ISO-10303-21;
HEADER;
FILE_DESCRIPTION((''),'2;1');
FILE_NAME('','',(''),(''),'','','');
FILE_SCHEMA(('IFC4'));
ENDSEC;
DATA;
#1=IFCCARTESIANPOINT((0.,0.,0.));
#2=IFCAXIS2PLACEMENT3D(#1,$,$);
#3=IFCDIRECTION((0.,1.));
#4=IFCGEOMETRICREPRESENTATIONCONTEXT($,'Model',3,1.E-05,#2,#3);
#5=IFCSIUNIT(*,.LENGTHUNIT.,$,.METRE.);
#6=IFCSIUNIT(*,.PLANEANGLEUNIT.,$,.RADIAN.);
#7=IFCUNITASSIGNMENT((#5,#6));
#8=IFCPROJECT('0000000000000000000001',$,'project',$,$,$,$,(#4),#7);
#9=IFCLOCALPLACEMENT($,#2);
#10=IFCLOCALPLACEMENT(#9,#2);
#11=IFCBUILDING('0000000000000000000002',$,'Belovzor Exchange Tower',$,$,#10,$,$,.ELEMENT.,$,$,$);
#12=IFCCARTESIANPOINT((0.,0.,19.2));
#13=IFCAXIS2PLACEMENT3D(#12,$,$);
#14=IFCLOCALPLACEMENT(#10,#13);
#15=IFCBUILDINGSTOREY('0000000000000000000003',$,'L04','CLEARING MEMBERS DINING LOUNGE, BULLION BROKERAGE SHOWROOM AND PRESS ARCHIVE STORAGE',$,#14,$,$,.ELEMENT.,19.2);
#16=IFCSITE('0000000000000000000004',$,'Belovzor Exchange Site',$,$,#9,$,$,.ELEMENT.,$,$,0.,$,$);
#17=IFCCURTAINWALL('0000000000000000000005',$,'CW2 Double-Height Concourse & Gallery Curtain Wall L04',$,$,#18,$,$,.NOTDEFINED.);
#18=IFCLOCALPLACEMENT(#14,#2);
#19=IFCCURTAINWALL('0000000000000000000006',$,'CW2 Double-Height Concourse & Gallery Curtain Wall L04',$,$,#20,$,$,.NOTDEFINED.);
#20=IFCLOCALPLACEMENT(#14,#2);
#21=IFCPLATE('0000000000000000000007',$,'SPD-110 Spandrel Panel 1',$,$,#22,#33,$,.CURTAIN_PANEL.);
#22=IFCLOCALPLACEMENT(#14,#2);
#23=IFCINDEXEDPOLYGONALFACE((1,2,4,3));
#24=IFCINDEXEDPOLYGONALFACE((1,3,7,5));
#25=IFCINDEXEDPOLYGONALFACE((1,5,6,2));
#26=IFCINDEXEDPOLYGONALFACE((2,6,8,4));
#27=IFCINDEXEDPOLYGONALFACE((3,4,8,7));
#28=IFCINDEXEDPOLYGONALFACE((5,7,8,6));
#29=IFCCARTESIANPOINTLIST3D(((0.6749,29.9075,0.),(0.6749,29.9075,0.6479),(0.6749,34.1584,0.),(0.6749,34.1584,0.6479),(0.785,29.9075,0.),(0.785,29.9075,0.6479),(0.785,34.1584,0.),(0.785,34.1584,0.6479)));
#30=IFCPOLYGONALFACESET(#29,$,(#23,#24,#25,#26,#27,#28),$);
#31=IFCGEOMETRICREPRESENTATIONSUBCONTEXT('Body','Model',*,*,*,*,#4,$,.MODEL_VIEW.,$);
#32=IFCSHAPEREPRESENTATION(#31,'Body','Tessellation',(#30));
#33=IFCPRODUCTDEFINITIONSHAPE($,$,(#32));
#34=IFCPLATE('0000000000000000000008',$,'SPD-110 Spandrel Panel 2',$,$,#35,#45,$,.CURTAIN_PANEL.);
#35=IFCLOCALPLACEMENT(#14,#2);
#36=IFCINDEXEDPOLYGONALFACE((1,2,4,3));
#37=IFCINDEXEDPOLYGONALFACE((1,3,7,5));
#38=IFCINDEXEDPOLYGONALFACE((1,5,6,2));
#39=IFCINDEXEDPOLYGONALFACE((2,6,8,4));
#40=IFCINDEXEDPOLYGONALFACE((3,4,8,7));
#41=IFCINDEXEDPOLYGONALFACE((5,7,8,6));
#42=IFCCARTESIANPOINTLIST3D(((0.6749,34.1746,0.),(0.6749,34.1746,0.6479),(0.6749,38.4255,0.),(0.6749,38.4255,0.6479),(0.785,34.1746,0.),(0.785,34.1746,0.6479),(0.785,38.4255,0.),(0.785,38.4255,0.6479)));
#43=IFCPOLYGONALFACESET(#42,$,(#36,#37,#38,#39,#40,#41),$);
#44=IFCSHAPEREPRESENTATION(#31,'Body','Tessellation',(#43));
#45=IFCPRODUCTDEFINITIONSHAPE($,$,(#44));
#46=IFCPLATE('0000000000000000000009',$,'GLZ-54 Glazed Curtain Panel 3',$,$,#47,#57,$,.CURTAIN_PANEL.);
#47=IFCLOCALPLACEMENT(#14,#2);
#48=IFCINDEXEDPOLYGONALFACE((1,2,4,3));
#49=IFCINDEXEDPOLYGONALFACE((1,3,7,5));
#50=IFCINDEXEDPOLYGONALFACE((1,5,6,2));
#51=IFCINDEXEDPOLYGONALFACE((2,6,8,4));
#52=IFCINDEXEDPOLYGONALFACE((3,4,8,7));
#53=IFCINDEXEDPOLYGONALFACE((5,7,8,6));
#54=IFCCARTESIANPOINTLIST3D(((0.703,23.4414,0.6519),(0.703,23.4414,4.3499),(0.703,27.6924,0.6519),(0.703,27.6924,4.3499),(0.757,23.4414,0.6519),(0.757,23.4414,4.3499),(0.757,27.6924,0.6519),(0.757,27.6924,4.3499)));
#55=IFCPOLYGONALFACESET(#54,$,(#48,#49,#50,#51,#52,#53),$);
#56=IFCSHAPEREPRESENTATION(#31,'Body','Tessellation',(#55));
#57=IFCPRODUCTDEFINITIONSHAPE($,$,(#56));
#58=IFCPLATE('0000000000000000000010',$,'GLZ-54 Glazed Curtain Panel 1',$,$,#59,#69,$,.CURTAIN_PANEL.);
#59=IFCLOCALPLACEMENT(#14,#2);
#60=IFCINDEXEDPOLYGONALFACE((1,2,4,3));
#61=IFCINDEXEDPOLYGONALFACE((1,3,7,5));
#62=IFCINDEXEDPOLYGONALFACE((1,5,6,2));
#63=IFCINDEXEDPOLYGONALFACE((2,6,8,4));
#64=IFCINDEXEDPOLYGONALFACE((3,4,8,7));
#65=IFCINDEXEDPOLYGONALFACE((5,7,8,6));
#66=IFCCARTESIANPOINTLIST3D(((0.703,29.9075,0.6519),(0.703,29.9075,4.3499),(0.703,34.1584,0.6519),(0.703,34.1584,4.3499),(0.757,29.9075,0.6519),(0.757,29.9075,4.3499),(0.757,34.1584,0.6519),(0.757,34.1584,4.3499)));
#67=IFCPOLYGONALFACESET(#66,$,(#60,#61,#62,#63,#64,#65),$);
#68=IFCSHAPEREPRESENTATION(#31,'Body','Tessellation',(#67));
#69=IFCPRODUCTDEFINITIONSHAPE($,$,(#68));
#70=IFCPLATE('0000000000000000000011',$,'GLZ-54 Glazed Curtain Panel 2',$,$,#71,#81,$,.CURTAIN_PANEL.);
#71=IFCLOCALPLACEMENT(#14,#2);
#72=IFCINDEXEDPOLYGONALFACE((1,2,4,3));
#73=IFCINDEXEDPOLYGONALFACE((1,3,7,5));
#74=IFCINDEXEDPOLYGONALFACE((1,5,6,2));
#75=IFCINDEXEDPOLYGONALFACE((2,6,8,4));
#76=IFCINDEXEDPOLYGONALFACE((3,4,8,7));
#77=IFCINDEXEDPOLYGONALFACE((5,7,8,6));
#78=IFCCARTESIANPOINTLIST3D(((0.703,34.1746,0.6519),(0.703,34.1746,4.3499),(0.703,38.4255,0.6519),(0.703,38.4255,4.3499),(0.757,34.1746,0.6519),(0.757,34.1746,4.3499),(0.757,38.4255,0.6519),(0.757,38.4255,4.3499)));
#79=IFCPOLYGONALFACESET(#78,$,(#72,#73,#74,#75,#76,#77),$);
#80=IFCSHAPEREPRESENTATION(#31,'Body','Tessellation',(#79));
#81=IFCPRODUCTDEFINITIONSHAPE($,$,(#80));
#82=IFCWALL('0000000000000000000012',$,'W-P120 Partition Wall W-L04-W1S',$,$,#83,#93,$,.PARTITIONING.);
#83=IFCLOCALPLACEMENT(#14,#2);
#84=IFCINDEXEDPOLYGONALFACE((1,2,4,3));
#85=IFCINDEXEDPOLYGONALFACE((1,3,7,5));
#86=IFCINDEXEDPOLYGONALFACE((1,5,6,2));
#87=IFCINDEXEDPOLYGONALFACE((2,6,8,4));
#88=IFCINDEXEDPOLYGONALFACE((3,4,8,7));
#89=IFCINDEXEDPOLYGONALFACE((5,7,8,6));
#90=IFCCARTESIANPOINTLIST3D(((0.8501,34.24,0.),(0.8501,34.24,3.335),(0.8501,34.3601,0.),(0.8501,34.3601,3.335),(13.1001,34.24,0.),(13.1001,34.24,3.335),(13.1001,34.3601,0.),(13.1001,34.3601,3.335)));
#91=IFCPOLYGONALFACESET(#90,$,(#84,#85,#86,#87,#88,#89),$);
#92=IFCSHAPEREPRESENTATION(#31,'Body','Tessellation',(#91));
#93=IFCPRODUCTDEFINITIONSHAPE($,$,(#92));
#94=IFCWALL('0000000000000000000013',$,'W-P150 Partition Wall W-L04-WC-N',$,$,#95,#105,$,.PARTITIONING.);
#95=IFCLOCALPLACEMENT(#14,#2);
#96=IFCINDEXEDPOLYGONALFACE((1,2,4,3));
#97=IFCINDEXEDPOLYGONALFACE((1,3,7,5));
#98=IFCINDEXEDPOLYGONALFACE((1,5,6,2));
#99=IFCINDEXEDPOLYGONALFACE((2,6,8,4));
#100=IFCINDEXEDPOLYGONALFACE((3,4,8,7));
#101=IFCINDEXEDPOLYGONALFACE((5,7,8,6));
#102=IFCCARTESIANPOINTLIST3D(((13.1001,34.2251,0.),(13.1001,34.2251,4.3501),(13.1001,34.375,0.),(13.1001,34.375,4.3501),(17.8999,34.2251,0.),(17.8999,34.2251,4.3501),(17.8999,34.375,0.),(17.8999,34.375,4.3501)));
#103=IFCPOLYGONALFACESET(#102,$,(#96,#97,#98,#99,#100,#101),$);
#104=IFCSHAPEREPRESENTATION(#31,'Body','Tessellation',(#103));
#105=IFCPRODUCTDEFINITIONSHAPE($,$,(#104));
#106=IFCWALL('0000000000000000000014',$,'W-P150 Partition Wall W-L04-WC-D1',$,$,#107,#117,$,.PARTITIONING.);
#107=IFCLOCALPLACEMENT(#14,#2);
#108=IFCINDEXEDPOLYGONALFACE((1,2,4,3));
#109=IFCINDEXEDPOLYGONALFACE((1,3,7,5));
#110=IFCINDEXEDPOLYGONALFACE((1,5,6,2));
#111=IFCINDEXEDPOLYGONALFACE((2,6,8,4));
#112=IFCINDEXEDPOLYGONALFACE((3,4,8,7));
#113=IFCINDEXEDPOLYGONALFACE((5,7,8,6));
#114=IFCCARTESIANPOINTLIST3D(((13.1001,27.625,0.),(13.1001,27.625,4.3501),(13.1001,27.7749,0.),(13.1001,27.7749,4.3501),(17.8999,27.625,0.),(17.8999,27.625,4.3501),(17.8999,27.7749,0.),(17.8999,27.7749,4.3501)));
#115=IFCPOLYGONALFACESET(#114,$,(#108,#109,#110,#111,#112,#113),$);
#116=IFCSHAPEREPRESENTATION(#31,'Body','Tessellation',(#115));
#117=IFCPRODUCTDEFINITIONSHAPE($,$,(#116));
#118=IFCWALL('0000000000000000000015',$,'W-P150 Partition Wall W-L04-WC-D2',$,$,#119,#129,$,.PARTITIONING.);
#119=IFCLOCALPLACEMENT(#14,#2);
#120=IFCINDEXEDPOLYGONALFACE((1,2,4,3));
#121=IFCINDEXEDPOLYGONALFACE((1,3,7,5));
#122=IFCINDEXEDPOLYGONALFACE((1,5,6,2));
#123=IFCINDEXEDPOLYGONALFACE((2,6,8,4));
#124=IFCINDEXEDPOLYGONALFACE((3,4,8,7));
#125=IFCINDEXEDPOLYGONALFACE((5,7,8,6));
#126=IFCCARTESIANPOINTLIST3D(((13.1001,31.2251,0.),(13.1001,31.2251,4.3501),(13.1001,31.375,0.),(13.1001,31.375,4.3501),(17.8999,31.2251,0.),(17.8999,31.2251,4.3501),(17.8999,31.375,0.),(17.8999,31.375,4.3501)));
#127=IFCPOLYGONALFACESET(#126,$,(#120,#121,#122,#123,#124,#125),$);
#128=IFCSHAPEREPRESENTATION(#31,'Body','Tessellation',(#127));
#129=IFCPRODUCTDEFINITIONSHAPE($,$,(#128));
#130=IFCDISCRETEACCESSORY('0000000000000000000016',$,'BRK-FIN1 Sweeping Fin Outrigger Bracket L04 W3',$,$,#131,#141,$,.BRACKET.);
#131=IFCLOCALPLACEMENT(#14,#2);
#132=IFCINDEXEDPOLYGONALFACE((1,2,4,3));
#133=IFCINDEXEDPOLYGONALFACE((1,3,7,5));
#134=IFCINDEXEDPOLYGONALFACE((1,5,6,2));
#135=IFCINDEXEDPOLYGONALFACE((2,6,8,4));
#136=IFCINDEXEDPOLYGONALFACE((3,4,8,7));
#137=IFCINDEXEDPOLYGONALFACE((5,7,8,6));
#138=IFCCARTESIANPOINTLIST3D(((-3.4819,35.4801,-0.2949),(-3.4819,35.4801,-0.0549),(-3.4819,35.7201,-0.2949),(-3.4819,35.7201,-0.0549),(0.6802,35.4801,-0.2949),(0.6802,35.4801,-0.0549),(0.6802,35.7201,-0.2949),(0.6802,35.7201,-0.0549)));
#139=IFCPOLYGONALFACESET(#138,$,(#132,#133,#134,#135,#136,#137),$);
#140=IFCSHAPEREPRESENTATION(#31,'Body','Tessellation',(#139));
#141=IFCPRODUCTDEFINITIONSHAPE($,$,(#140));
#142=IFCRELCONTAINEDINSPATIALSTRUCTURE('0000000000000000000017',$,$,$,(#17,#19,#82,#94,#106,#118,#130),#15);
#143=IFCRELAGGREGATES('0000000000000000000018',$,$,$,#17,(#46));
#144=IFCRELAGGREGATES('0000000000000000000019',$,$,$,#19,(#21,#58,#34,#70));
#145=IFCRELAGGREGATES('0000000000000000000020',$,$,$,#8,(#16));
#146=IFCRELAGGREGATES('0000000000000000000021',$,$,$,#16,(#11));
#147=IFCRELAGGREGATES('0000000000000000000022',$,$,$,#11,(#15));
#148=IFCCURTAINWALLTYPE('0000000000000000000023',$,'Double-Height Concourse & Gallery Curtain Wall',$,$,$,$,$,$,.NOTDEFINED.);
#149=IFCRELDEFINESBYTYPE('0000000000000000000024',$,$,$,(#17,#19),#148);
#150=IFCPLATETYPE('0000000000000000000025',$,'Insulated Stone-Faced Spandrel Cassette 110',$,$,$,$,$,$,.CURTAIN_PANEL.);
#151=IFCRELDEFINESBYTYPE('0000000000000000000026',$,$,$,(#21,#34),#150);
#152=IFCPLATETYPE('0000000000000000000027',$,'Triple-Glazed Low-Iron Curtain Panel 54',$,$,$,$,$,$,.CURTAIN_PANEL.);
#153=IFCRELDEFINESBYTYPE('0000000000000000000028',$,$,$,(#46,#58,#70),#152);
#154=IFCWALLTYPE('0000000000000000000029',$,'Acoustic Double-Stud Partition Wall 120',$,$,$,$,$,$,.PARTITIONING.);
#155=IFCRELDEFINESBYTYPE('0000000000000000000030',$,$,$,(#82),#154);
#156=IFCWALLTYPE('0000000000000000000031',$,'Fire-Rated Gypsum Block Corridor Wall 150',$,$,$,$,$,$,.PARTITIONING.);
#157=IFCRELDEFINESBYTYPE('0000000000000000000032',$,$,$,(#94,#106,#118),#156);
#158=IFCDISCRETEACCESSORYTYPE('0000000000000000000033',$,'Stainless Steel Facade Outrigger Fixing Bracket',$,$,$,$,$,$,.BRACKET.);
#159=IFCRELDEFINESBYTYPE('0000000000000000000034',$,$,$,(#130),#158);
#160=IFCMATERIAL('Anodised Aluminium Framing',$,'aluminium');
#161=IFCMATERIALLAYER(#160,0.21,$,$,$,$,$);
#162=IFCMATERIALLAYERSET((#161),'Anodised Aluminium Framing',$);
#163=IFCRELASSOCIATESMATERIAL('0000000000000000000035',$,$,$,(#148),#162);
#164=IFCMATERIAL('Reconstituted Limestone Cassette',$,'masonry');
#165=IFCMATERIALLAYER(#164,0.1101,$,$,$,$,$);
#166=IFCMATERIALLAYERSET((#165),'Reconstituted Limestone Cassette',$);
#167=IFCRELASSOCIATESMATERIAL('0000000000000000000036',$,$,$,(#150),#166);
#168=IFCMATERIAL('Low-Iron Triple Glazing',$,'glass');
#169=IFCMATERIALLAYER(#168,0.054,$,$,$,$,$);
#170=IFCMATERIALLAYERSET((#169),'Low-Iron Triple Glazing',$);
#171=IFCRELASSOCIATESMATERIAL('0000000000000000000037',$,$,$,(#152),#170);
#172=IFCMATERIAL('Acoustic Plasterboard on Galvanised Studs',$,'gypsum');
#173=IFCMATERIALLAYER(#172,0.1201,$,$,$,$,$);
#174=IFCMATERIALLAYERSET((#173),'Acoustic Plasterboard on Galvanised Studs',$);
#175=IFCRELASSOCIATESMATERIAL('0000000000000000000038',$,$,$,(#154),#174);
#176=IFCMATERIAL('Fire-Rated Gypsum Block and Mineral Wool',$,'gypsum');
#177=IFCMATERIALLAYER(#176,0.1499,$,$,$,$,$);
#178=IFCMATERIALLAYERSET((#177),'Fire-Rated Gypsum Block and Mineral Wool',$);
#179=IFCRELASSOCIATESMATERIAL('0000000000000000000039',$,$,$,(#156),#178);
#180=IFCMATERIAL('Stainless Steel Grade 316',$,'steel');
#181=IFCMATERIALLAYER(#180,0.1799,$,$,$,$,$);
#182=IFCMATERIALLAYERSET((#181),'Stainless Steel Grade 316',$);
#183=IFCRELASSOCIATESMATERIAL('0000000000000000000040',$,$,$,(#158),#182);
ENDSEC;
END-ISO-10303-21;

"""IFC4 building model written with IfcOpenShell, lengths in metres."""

from ifc_helpers import new_model, si_unit, direction, frame, frame_2d, origin, origin_2d, place, context, subcontext, project, spatial, rectangle, extrude, material, layer, layer_set, type_object, element, aggregate, save


model = new_model("IFC4")

# Units and contexts
model_context = context("Model", 3, precision=1e-05, world=origin(), true_north=direction((0.0, 1.0)))
body_context = subcontext(model_context, "Body", "Model", "MODEL_VIEW")
ifc_project = project(units=[si_unit("LENGTHUNIT", "METRE"), si_unit("PLANEANGLEUNIT", "RADIAN")], contexts=[model_context])

# Site, building, storey
site_placement = place(None, origin())
site = spatial("IfcSite", under=ifc_project, at=site_placement, Name="Belovzor Exchange Site", CompositionType="ELEMENT", RefElevation=0.0)
building_placement = place(site_placement, origin())
building = spatial("IfcBuilding", under=site, at=building_placement, Name="Belovzor Exchange Tower", CompositionType="ELEMENT")
storey_placement = place(building_placement, frame((0.0, 0.0, 19.2)))
storey = spatial("IfcBuildingStorey", under=building, at=storey_placement, Name="L04", Description="CLEARING MEMBERS DINING LOUNGE, BULLION BROKERAGE SHOWROOM AND PRESS ARCHIVE STORAGE", CompositionType="ELEMENT", Elevation=19.2)

# Curtain wall
ifc_material_1 = material(Name="Anodised Aluminium Framing", Category="aluminium")
ifc_layer_1 = layer(ifc_material_1, 0.21)
ifc_layer_set_1 = layer_set([ifc_layer_1], Name="Anodised Aluminium Framing")
curtain_wall_type = type_object("IfcCurtainWallType", Name="Double-Height Concourse & Gallery Curtain Wall", PredefinedType="NOTDEFINED", material=ifc_layer_set_1)
curtain_wall_1_placement = place(storey_placement, origin())
curtain_wall_1 = element("IfcCurtainWall", 1, at=curtain_wall_1_placement, inside=storey, type_object=curtain_wall_type, Name="CW2 Double-Height Concourse & Gallery Curtain Wall L04", PredefinedType="NOTDEFINED")

# Curtain wall
curtain_wall_2_placement = place(storey_placement, origin())
curtain_wall_2 = element("IfcCurtainWall", 2, at=curtain_wall_2_placement, inside=storey, type_object=curtain_wall_type, Name="CW2 Double-Height Concourse & Gallery Curtain Wall L04", PredefinedType="NOTDEFINED")

# Plates
ifc_material_2 = material(Name="Reconstituted Limestone Cassette", Category="masonry")
ifc_layer_2 = layer(ifc_material_2, 0.1101)
ifc_layer_set_2 = layer_set([ifc_layer_2], Name="Reconstituted Limestone Cassette")
plate_type_1 = type_object("IfcPlateType", Name="Insulated Stone-Faced Spandrel Cassette 110", PredefinedType="CURTAIN_PANEL", material=ifc_layer_set_2)
plate_1_placement = place(storey_placement, frame((0.73, 32.033, 0.0), z_axis=(0.0, 0.0, 1.0), x_axis=(0.0, 1.0, 0.0)))
plate_1 = element("IfcPlate", 3, at=plate_1_placement, type_object=plate_type_1, Name="SPD-110 Spandrel Panel 1", PredefinedType="CURTAIN_PANEL", context=body_context, shape_type="SweptSolid", body=[
    extrude(rectangle(XDim=4.251, YDim=0.1101, at=origin_2d()), origin(), (0.0, 0.0, 1.0), 0.6479),
])
plate_2_placement = place(storey_placement, frame((0.73, 36.3, 0.0), z_axis=(0.0, 0.0, 1.0), x_axis=(0.0, 1.0, 0.0)))
plate_2 = element("IfcPlate", 4, at=plate_2_placement, type_object=plate_type_1, Name="SPD-110 Spandrel Panel 2", PredefinedType="CURTAIN_PANEL", context=body_context, shape_type="SweptSolid", body=[
    extrude(rectangle(XDim=4.251, YDim=0.1101, at=origin_2d()), origin(), (0.0, 0.0, 1.0), 0.6479),
])
ifc_material_3 = material(Name="Low-Iron Triple Glazing", Category="glass")
ifc_layer_3 = layer(ifc_material_3, 0.054)
ifc_layer_set_3 = layer_set([ifc_layer_3], Name="Low-Iron Triple Glazing")
plate_type_2 = type_object("IfcPlateType", Name="Triple-Glazed Low-Iron Curtain Panel 54", PredefinedType="CURTAIN_PANEL", material=ifc_layer_set_3)
plate_3_placement = place(storey_placement, frame((0.73, 25.5669, 0.6519), z_axis=(0.0, 0.0, 1.0), x_axis=(0.0, 1.0, 0.0)))
plate_3 = element("IfcPlate", 5, at=plate_3_placement, type_object=plate_type_2, Name="GLZ-54 Glazed Curtain Panel 3", PredefinedType="CURTAIN_PANEL", context=body_context, shape_type="SweptSolid", body=[
    extrude(rectangle(XDim=4.251, YDim=0.054, at=origin_2d()), origin(), (0.0, 0.0, 1.0), 3.698),
])
aggregate(curtain_wall_1, [plate_3])
plate_4_placement = place(storey_placement, frame((0.73, 32.033, 0.6519), z_axis=(0.0, 0.0, 1.0), x_axis=(0.0, 1.0, 0.0)))
plate_4 = element("IfcPlate", 6, at=plate_4_placement, type_object=plate_type_2, Name="GLZ-54 Glazed Curtain Panel 1", PredefinedType="CURTAIN_PANEL", context=body_context, shape_type="SweptSolid", body=[
    extrude(rectangle(XDim=4.251, YDim=0.054, at=origin_2d()), origin(), (0.0, 0.0, 1.0), 3.698),
])
plate_5_placement = place(storey_placement, frame((0.73, 36.3, 0.6519), z_axis=(0.0, 0.0, 1.0), x_axis=(0.0, 1.0, 0.0)))
plate_5 = element("IfcPlate", 7, at=plate_5_placement, type_object=plate_type_2, Name="GLZ-54 Glazed Curtain Panel 2", PredefinedType="CURTAIN_PANEL", context=body_context, shape_type="SweptSolid", body=[
    extrude(rectangle(XDim=4.251, YDim=0.054, at=origin_2d()), origin(), (0.0, 0.0, 1.0), 3.698),
])
aggregate(curtain_wall_2, [plate_1, plate_4, plate_2, plate_5])

# Walls
ifc_material_4 = material(Name="Acoustic Plasterboard on Galvanised Studs", Category="gypsum")
ifc_layer_4 = layer(ifc_material_4, 0.1201)
ifc_layer_set_4 = layer_set([ifc_layer_4], Name="Acoustic Plasterboard on Galvanised Studs")
wall_type_1 = type_object("IfcWallType", Name="Acoustic Double-Stud Partition Wall 120", PredefinedType="PARTITIONING", material=ifc_layer_set_4)
wall_placement = place(storey_placement, frame((0.8501, 34.3, 0.0), z_axis=(0.0, 0.0, 1.0), x_axis=(1.0, 0.0, 0.0)))
element("IfcWall", 8, at=wall_placement, inside=storey, type_object=wall_type_1, Name="W-P120 Partition Wall W-L04-W1S", PredefinedType="PARTITIONING", context=body_context, shape_type="SweptSolid", body=[
    extrude(rectangle(XDim=12.25, YDim=0.1201, at=frame_2d((6.125, 0.0))), origin(), (0.0, 0.0, 1.0), 3.335),
])
ifc_material_5 = material(Name="Fire-Rated Gypsum Block and Mineral Wool", Category="gypsum")
ifc_layer_5 = layer(ifc_material_5, 0.1499)
ifc_layer_set_5 = layer_set([ifc_layer_5], Name="Fire-Rated Gypsum Block and Mineral Wool")
wall_type_2 = type_object("IfcWallType", Name="Fire-Rated Gypsum Block Corridor Wall 150", PredefinedType="PARTITIONING", material=ifc_layer_set_5)
for number, where, z_axis, x_axis, name in (
    (9, (13.1001, 34.3, 0.0), (0.0, 0.0, 1.0), (1.0, 0.0, 0.0), "W-P150 Partition Wall W-L04-WC-N"),
    (10, (13.1001, 27.7, 0.0), (0.0, 0.0, 1.0), (1.0, 0.0, 0.0), "W-P150 Partition Wall W-L04-WC-D1"),
    (11, (13.1001, 31.3, 0.0), (0.0, 0.0, 1.0), (1.0, 0.0, 0.0), "W-P150 Partition Wall W-L04-WC-D2"),
):
    element("IfcWall", number, at=place(storey_placement, frame(where, z_axis=z_axis, x_axis=x_axis)), inside=storey, type_object=wall_type_2, Name=name, PredefinedType="PARTITIONING", context=body_context, shape_type="SweptSolid", body=[
        extrude(rectangle(XDim=4.7998, YDim=0.1499, at=frame_2d((2.3999, 0.0))), origin(), (0.0, 0.0, 1.0), 4.3501),
    ])

# Discrete accessory
ifc_material_6 = material(Name="Stainless Steel Grade 316", Category="steel")
ifc_layer_6 = layer(ifc_material_6, 0.1799)
ifc_layer_set_6 = layer_set([ifc_layer_6], Name="Stainless Steel Grade 316")
discrete_accessory_type = type_object("IfcDiscreteAccessoryType", Name="Stainless Steel Facade Outrigger Fixing Bracket", PredefinedType="BRACKET", material=ifc_layer_set_6)
discrete_accessory_placement = place(storey_placement, frame((-1.4009, 35.6001, -0.2949), z_axis=(0.0, 0.0, 1.0), x_axis=(1.0, 0.0, 0.0)))
element("IfcDiscreteAccessory", 12, at=discrete_accessory_placement, inside=storey, type_object=discrete_accessory_type, Name="BRK-FIN1 Sweeping Fin Outrigger Bracket L04 W3", PredefinedType="BRACKET", context=body_context, shape_type="SweptSolid", body=[
    extrude(rectangle(XDim=4.1621, YDim=0.24, at=origin_2d()), origin(), (0.0, 0.0, 1.0), 0.24),
])

save(model, "model.ifc")
